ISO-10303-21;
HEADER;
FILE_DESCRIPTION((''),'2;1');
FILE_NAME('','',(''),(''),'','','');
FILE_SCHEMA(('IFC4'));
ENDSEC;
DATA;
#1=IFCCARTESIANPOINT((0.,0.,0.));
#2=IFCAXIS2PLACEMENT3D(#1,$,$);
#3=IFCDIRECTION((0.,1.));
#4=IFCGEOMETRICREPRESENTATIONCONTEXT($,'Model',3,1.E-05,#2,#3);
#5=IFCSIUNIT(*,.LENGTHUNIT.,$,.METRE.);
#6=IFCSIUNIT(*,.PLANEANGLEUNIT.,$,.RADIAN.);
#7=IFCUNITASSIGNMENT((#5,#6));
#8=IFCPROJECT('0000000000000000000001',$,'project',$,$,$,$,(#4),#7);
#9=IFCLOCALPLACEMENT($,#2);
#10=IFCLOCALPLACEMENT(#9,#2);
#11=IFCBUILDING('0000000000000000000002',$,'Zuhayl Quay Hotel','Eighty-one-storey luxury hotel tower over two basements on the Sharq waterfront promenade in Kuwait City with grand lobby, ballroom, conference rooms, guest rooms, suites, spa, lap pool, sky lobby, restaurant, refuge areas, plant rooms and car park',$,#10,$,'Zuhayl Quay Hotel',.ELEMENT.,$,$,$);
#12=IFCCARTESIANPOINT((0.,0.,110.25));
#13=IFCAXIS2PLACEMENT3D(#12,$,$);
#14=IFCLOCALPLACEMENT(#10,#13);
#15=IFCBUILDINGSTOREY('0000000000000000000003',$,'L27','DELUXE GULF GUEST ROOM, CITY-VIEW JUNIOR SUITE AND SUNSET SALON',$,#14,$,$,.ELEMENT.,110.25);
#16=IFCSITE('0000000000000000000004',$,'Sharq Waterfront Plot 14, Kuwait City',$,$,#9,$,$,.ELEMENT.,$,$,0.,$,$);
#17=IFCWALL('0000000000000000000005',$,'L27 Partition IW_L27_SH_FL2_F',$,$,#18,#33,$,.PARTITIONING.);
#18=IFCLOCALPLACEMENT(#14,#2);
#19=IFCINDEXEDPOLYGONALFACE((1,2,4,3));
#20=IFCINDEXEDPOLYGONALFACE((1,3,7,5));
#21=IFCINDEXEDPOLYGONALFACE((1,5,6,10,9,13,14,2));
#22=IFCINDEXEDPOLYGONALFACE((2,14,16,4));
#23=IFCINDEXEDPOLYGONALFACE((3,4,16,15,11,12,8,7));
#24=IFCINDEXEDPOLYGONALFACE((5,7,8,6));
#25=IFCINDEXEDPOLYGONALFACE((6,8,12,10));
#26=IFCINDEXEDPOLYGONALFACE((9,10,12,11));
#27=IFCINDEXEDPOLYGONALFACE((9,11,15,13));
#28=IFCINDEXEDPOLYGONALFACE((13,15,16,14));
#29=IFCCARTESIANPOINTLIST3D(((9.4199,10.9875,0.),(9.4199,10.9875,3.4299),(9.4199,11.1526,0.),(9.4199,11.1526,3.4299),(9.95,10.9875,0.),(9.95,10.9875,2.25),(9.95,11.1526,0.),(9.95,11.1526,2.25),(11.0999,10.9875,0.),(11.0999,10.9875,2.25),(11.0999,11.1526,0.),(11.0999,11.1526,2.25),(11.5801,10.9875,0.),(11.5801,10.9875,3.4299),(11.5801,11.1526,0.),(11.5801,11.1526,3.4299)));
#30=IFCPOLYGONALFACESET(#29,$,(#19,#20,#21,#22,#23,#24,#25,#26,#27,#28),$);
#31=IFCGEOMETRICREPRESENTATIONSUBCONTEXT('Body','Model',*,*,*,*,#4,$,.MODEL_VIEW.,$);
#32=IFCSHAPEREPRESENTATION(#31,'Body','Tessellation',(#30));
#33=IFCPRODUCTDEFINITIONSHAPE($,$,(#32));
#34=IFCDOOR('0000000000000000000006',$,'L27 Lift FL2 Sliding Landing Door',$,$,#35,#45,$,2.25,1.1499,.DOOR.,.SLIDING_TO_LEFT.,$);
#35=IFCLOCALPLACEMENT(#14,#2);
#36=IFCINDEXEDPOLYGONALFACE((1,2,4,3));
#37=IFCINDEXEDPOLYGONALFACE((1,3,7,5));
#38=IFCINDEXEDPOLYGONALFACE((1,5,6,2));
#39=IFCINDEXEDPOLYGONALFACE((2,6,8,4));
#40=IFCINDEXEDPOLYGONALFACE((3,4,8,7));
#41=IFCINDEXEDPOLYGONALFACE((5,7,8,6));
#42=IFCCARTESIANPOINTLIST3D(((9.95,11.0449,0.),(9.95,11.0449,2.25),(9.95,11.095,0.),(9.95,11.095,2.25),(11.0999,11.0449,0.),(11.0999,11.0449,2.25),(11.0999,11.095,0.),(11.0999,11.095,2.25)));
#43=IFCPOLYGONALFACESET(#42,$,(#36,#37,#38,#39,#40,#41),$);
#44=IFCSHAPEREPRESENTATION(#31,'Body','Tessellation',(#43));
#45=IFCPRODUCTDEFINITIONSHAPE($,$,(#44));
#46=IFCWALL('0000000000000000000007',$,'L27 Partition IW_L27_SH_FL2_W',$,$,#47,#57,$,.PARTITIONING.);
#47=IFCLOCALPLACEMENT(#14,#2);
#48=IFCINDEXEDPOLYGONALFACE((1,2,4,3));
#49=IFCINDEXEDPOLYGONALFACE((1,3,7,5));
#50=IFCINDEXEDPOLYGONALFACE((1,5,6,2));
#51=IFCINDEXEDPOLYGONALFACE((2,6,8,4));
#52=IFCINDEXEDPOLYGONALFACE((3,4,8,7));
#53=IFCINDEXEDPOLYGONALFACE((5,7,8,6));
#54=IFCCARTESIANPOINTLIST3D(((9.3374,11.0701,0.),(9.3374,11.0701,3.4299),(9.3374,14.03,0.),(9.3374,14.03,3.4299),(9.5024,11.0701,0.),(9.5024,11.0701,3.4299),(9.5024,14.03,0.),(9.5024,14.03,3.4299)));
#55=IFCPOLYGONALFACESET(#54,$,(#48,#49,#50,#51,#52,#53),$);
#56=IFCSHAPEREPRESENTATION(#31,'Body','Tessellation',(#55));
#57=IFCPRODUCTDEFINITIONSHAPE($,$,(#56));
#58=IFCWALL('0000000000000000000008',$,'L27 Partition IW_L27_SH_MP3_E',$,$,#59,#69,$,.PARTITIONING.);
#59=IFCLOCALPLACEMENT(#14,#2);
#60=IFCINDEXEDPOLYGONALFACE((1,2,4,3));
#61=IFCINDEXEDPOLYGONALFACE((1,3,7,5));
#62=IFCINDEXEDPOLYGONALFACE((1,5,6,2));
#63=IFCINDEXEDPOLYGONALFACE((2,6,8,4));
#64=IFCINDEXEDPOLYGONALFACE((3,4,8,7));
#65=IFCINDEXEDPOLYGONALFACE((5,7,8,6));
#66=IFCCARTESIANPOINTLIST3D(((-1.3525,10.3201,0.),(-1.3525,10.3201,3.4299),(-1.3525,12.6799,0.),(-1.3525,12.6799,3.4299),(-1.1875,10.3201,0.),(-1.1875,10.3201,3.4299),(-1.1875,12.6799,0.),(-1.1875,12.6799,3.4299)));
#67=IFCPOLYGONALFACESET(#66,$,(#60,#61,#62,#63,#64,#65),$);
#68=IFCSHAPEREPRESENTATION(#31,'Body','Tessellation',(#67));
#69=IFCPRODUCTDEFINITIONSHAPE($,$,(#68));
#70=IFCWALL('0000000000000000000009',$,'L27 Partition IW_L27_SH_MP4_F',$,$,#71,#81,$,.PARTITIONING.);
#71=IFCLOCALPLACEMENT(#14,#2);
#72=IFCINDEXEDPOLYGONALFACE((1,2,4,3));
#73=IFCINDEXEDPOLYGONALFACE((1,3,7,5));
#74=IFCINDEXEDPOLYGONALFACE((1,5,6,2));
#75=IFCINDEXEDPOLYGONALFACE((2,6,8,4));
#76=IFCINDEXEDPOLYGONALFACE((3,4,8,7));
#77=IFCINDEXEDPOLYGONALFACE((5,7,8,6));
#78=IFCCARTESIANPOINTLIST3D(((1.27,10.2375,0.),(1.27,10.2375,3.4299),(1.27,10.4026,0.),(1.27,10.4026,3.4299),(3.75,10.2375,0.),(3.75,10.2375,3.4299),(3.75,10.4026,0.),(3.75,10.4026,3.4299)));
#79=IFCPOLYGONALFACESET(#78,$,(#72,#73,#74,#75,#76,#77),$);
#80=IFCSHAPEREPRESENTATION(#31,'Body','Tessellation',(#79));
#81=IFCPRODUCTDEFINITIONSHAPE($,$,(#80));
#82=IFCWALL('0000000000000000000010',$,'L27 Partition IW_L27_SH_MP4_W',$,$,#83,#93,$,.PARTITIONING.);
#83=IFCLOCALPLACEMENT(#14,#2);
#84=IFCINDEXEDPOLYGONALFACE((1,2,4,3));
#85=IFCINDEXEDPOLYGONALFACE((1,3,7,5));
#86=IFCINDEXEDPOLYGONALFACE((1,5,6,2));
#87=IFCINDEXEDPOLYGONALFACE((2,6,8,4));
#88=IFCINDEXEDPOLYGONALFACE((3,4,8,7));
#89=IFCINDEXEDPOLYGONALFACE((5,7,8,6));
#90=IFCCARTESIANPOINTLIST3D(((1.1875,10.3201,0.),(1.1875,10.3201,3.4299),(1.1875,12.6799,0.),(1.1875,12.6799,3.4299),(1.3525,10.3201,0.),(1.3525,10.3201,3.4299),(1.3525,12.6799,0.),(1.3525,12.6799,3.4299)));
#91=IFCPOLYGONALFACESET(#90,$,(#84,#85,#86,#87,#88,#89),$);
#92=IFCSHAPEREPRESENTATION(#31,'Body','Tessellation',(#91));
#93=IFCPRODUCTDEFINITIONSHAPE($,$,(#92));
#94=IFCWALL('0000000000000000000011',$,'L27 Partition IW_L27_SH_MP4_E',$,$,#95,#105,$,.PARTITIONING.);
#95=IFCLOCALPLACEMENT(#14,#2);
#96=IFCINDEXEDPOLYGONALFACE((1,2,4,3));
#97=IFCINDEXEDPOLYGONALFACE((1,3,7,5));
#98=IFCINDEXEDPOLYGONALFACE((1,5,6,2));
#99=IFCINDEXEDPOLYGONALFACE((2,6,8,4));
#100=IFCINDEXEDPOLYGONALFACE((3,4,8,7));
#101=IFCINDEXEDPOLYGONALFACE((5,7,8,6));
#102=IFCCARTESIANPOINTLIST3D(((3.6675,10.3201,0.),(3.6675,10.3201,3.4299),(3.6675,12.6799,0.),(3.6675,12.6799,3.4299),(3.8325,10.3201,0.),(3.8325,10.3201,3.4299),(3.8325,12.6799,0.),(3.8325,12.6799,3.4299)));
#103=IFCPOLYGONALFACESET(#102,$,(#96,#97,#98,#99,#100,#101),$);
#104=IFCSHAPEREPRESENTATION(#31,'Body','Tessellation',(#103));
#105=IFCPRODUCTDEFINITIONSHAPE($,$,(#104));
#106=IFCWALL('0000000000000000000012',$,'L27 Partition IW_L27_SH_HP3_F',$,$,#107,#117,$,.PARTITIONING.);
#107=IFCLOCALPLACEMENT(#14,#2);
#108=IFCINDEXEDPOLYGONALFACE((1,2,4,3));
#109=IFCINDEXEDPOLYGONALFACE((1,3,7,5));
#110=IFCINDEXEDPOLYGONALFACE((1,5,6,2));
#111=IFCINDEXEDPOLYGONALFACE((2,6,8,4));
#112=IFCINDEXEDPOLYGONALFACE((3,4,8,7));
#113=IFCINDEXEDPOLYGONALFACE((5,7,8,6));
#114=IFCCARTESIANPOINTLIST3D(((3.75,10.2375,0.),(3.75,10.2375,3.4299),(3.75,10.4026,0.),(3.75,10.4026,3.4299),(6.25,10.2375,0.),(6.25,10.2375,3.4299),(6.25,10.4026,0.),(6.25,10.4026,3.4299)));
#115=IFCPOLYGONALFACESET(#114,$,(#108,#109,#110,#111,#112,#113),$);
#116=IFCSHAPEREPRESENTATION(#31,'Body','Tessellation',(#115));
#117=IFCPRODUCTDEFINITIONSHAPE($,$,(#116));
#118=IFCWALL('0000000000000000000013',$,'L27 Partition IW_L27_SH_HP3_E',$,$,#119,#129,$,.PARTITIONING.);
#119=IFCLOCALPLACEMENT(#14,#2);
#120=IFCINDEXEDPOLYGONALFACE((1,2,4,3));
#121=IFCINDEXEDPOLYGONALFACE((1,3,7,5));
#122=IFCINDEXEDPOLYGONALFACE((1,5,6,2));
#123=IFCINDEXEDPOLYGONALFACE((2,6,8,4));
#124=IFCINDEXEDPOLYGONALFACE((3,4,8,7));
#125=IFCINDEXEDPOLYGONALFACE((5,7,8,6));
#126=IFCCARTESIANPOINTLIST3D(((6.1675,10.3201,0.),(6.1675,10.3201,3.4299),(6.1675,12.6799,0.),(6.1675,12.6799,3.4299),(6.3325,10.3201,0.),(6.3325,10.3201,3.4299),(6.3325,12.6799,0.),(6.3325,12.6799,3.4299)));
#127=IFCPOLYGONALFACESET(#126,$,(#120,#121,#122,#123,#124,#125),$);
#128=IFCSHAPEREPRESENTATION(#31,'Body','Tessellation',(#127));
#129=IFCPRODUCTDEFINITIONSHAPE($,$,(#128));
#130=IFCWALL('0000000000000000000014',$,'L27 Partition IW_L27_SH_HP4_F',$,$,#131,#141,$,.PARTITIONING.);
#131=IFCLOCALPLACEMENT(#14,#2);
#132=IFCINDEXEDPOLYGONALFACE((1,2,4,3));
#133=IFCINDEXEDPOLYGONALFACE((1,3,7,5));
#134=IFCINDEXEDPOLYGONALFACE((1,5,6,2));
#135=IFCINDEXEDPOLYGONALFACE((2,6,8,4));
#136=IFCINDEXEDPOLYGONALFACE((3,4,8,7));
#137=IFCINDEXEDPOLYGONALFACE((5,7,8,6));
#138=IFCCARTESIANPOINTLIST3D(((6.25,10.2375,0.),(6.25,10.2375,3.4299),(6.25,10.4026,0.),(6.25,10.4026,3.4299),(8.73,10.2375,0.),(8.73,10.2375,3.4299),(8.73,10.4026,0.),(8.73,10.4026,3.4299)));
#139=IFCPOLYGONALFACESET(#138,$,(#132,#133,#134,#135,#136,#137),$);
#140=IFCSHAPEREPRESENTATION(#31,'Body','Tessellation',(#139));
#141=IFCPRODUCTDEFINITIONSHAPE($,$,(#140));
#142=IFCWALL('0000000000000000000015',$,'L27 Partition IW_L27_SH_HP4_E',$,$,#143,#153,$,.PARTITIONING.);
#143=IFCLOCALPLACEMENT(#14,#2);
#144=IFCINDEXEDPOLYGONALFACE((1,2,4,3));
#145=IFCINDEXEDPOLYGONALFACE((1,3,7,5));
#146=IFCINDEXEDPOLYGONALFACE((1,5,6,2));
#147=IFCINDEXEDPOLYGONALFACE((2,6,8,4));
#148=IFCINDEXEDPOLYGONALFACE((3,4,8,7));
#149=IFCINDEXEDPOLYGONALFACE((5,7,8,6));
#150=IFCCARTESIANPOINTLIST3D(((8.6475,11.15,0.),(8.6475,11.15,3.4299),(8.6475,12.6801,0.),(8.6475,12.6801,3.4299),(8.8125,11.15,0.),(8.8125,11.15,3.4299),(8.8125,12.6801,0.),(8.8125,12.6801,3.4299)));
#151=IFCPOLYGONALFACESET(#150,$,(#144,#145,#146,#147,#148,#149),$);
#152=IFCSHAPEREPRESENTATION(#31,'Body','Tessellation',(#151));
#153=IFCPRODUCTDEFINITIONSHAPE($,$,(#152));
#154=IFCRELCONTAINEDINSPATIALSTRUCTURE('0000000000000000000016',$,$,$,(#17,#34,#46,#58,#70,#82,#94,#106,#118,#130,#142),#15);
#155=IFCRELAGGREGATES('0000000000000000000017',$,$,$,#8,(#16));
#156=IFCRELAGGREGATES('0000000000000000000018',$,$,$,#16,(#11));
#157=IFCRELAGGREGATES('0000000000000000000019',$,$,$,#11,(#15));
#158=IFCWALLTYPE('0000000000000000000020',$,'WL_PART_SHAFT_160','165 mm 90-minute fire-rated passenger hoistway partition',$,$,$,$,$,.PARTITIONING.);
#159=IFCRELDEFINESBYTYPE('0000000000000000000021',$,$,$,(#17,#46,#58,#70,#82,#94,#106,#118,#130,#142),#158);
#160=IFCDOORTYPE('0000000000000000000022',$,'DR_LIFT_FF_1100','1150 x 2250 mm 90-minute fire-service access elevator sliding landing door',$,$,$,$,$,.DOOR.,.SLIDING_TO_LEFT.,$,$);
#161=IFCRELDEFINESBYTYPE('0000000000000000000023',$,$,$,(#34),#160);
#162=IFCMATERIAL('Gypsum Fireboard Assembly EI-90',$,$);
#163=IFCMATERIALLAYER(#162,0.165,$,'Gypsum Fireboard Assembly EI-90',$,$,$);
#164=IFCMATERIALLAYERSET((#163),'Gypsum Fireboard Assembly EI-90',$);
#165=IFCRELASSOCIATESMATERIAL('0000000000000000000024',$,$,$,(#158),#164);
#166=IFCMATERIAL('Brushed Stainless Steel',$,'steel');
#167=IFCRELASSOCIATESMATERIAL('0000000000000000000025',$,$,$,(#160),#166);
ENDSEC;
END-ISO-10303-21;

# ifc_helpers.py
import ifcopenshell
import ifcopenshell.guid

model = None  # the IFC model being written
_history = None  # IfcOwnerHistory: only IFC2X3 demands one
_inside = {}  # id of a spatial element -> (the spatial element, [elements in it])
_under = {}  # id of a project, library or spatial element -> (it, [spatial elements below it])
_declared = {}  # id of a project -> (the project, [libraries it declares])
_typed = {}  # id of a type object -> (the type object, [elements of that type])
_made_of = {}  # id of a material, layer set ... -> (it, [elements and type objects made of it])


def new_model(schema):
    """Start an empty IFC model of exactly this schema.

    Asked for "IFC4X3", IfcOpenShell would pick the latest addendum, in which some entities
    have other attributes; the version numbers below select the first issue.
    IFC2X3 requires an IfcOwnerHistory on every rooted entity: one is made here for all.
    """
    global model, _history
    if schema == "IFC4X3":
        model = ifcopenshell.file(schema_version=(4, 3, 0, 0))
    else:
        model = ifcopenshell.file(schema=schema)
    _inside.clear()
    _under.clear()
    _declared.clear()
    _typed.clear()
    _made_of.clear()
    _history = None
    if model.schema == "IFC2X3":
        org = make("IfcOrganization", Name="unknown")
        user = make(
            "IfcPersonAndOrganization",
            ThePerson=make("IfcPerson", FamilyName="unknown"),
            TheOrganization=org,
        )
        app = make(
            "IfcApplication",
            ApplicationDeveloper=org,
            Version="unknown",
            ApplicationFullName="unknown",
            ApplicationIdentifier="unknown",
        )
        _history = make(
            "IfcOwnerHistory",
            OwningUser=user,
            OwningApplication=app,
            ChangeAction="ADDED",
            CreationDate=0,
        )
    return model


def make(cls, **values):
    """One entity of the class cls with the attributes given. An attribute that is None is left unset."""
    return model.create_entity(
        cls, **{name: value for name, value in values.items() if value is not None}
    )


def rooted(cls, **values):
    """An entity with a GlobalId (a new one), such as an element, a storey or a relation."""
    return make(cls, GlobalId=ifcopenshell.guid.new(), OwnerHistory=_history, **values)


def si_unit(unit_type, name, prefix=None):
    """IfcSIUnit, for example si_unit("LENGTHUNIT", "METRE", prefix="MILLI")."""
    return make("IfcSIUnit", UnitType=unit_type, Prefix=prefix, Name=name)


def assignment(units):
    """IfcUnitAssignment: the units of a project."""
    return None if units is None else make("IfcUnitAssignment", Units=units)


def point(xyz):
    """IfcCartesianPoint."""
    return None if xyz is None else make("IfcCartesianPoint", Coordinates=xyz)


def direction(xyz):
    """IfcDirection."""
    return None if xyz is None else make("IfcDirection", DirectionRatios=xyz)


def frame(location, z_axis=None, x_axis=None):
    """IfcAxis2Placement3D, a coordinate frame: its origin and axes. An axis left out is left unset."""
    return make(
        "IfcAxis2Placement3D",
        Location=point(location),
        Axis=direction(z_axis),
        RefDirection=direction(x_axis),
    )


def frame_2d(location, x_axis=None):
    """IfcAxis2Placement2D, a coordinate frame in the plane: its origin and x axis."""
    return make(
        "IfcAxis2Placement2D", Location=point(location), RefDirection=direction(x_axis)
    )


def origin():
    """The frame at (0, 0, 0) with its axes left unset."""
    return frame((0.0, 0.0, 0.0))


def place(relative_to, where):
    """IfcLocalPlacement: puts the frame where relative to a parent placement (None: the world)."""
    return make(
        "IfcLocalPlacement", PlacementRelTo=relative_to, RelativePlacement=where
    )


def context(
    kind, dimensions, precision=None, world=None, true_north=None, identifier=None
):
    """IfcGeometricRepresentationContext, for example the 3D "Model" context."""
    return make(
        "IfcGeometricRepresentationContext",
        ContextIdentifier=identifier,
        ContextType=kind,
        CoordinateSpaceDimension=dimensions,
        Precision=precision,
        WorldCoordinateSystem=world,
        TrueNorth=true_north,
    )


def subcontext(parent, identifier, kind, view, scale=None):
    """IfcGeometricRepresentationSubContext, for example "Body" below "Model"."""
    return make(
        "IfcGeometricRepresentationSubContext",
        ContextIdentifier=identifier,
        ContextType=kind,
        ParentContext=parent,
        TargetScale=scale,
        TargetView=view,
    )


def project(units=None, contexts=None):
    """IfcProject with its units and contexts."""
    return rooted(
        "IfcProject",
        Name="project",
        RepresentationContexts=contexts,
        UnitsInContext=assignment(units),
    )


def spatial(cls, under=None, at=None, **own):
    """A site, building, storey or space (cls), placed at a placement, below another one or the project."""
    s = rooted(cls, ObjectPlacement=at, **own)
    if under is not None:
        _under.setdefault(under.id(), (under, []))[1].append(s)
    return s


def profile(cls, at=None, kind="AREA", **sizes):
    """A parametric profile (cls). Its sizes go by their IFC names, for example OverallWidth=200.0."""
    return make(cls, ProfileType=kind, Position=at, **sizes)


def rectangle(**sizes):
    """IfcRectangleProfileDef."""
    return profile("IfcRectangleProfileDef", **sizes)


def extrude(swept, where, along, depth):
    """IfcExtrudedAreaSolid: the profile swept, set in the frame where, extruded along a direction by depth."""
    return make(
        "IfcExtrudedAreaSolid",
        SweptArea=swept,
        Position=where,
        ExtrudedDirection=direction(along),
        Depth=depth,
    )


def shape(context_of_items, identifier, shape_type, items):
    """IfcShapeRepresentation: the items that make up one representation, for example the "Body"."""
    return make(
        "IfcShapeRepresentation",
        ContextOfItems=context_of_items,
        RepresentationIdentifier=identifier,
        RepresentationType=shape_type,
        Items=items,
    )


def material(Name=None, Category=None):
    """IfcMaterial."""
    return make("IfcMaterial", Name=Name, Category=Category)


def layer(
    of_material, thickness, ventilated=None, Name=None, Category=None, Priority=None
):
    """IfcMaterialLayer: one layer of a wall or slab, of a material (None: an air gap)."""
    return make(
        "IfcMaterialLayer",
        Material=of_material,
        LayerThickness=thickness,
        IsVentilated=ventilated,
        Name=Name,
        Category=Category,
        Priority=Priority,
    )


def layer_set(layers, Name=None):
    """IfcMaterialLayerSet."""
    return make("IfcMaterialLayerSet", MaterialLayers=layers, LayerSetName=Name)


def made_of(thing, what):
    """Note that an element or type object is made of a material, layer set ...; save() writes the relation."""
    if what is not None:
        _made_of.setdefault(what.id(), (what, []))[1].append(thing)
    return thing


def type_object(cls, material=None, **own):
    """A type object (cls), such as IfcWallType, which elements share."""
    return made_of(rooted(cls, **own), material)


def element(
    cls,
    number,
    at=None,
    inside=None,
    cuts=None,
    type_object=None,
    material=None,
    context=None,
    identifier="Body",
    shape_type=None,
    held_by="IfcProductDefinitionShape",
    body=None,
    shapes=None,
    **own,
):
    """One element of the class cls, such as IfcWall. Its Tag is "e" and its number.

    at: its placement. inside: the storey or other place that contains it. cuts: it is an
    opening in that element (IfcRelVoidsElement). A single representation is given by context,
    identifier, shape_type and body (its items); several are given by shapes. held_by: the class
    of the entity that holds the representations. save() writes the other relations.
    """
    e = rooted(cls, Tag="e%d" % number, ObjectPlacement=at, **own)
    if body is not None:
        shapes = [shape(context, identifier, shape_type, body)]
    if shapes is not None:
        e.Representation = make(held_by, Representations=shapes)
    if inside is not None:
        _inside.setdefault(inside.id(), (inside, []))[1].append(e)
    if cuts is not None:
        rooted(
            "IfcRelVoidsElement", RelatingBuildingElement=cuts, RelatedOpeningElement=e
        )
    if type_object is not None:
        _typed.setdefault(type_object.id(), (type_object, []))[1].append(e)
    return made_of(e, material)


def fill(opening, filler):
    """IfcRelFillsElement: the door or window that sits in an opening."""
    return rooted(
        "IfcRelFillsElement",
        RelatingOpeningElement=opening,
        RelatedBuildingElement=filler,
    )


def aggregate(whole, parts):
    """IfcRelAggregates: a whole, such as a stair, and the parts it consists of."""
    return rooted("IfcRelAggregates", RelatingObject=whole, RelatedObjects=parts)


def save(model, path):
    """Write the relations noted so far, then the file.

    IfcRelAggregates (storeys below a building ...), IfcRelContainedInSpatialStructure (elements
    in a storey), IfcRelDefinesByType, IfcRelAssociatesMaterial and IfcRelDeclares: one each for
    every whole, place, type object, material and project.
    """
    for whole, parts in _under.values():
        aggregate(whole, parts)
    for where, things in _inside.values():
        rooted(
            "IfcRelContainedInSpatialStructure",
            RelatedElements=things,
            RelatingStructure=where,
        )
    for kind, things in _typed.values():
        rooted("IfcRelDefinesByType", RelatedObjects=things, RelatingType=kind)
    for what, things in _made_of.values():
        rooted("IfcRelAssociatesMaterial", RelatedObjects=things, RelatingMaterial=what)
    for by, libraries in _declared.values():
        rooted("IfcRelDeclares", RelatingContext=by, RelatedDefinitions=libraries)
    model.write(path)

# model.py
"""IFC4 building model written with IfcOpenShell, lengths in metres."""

from ifc_helpers import new_model, si_unit, direction, frame, frame_2d, origin, place, context, subcontext, project, spatial, rectangle, extrude, material, layer, layer_set, type_object, element, fill, save


model = new_model("IFC4")

# Units and contexts
model_context = context("Model", 3, precision=1e-05, world=origin(), true_north=direction((0.0, 1.0)))
body_context = subcontext(model_context, "Body", "Model", "MODEL_VIEW")
ifc_project = project(units=[si_unit("LENGTHUNIT", "METRE"), si_unit("PLANEANGLEUNIT", "RADIAN")], contexts=[model_context])

# Site, building, storey
site_placement = place(None, origin())
site = spatial("IfcSite", under=ifc_project, at=site_placement, Name="Sharq Waterfront Plot 14, Kuwait City", CompositionType="ELEMENT", RefElevation=0.0)
building_placement = place(site_placement, origin())
building = spatial("IfcBuilding", under=site, at=building_placement, Name="Zuhayl Quay Hotel", Description="Eighty-one-storey luxury hotel tower over two basements on the Sharq waterfront promenade in Kuwait City with grand lobby, ballroom, conference rooms, guest rooms, suites, spa, lap pool, sky lobby, restaurant, refuge areas, plant rooms and car park", LongName="Zuhayl Quay Hotel", CompositionType="ELEMENT")
storey_placement = place(building_placement, frame((0.0, 0.0, 110.25)))
storey = spatial("IfcBuildingStorey", under=building, at=storey_placement, Name="L27", Description="DELUXE GULF GUEST ROOM, CITY-VIEW JUNIOR SUITE AND SUNSET SALON", CompositionType="ELEMENT", Elevation=110.25)

# Wall, opening, door
ifc_material_1 = material(Name="Gypsum Fireboard Assembly EI-90")
ifc_layer_1 = layer(ifc_material_1, 0.165, Name="Gypsum Fireboard Assembly EI-90")
ifc_layer_set_1 = layer_set([ifc_layer_1], Name="Gypsum Fireboard Assembly EI-90")
wall_type_1 = type_object("IfcWallType", Name="WL_PART_SHAFT_160", Description="165 mm 90-minute fire-rated passenger hoistway partition", PredefinedType="PARTITIONING", material=ifc_layer_set_1)
wall_1_placement = place(storey_placement, frame((9.4199, 11.0701, 0.0), z_axis=(0.0, 0.0, 1.0), x_axis=(1.0, 0.0, 0.0)))
wall_1 = element("IfcWall", 1, at=wall_1_placement, inside=storey, type_object=wall_type_1, Name="L27 Partition IW_L27_SH_FL2_F", PredefinedType="PARTITIONING", context=body_context, shape_type="SweptSolid", body=[
    extrude(rectangle(XDim=2.1602, YDim=0.165, at=frame_2d((1.0801, 0.0))), origin(), (0.0, 0.0, 1.0), 3.4299),
])
opening_1_placement = place(wall_1_placement, frame((0.53, 0.0, 0.0)))
opening_1 = element("IfcOpeningElement", 2, at=opening_1_placement, cuts=wall_1, PredefinedType="OPENING", context=body_context, shape_type="SweptSolid", body=[
    extrude(rectangle(XDim=1.1499, YDim=2.25, at=frame_2d((0.575, 1.125))), frame((0.0, 0.0925, 0.0), z_axis=(0.0, -1.0, 0.0), x_axis=(1.0, 0.0, 0.0)), (0.0, 0.0, 1.0), 0.1851),
])
ifc_material_2 = material(Name="Brushed Stainless Steel", Category="steel")
door_type_1 = type_object("IfcDoorType", Name="DR_LIFT_FF_1100", Description="1150 x 2250 mm 90-minute fire-service access elevator sliding landing door", OperationType="SLIDING_TO_LEFT", PredefinedType="DOOR", material=ifc_material_2)
door_1_placement = place(opening_1_placement, origin())
door_1 = element("IfcDoor", 3, at=door_1_placement, inside=storey, type_object=door_type_1, Name="L27 Lift FL2 Sliding Landing Door", OperationType="SLIDING_TO_LEFT", OverallHeight=2.25, OverallWidth=1.1499, PredefinedType="DOOR", context=body_context, shape_type="SweptSolid", body=[
    extrude(rectangle(XDim=1.1499, YDim=2.25, at=frame_2d((0.575, 1.125))), frame((0.0, 0.0249, 0.0), z_axis=(0.0, -1.0, 0.0), x_axis=(1.0, 0.0, 0.0)), (0.0, 0.0, 1.0), 0.05),
])
fill(opening_1, door_1)

# Walls
wall_2_placement = place(storey_placement, frame((9.4199, 11.0701, 0.0), z_axis=(0.0, 0.0, 1.0), x_axis=(0.0, 1.0, 0.0)))
element("IfcWall", 4, at=wall_2_placement, inside=storey, type_object=wall_type_1, Name="L27 Partition IW_L27_SH_FL2_W", PredefinedType="PARTITIONING", context=body_context, shape_type="SweptSolid", body=[
    extrude(rectangle(XDim=2.96, YDim=0.165, at=frame_2d((1.48, 0.0))), origin(), (0.0, 0.0, 1.0), 3.4299),
])
wall_3_placement = place(storey_placement, frame((-1.27, 10.3201, 0.0), z_axis=(0.0, 0.0, 1.0), x_axis=(0.0, 1.0, 0.0)))
element("IfcWall", 5, at=wall_3_placement, inside=storey, type_object=wall_type_1, Name="L27 Partition IW_L27_SH_MP3_E", PredefinedType="PARTITIONING", context=body_context, shape_type="SweptSolid", body=[
    extrude(rectangle(XDim=2.3599, YDim=0.165, at=frame_2d((1.1799, 0.0))), origin(), (0.0, 0.0, 1.0), 3.4299),
])
wall_4_placement = place(storey_placement, frame((1.27, 10.3201, 0.0), z_axis=(0.0, 0.0, 1.0), x_axis=(1.0, 0.0, 0.0)))
element("IfcWall", 6, at=wall_4_placement, inside=storey, type_object=wall_type_1, Name="L27 Partition IW_L27_SH_MP4_F", PredefinedType="PARTITIONING", context=body_context, shape_type="SweptSolid", body=[
    extrude(rectangle(XDim=2.48, YDim=0.165, at=frame_2d((1.24, 0.0))), origin(), (0.0, 0.0, 1.0), 3.4299),
])
for number, where, z_axis, x_axis, name in (
    (7, (1.27, 10.3201, 0.0), (0.0, 0.0, 1.0), (0.0, 1.0, 0.0), "L27 Partition IW_L27_SH_MP4_W"),
    (8, (3.75, 10.3201, 0.0), (0.0, 0.0, 1.0), (0.0, 1.0, 0.0), "L27 Partition IW_L27_SH_MP4_E"),
):
    element("IfcWall", number, at=place(storey_placement, frame(where, z_axis=z_axis, x_axis=x_axis)), inside=storey, type_object=wall_type_1, Name=name, PredefinedType="PARTITIONING", context=body_context, shape_type="SweptSolid", body=[
        extrude(rectangle(XDim=2.3599, YDim=0.165, at=frame_2d((1.1799, 0.0))), origin(), (0.0, 0.0, 1.0), 3.4299),
    ])
wall_5_placement = place(storey_placement, frame((3.75, 10.3201, 0.0), z_axis=(0.0, 0.0, 1.0), x_axis=(1.0, 0.0, 0.0)))
element("IfcWall", 9, at=wall_5_placement, inside=storey, type_object=wall_type_1, Name="L27 Partition IW_L27_SH_HP3_F", PredefinedType="PARTITIONING", context=body_context, shape_type="SweptSolid", body=[
    extrude(rectangle(XDim=2.5, YDim=0.165, at=frame_2d((1.25, 0.0))), origin(), (0.0, 0.0, 1.0), 3.4299),
])
wall_6_placement = place(storey_placement, frame((6.25, 10.3201, 0.0), z_axis=(0.0, 0.0, 1.0), x_axis=(0.0, 1.0, 0.0)))
element("IfcWall", 10, at=wall_6_placement, inside=storey, type_object=wall_type_1, Name="L27 Partition IW_L27_SH_HP3_E", PredefinedType="PARTITIONING", context=body_context, shape_type="SweptSolid", body=[
    extrude(rectangle(XDim=2.3599, YDim=0.165, at=frame_2d((1.1799, 0.0))), origin(), (0.0, 0.0, 1.0), 3.4299),
])
wall_7_placement = place(storey_placement, frame((6.25, 10.3201, 0.0), z_axis=(0.0, 0.0, 1.0), x_axis=(1.0, 0.0, 0.0)))
element("IfcWall", 11, at=wall_7_placement, inside=storey, type_object=wall_type_1, Name="L27 Partition IW_L27_SH_HP4_F", PredefinedType="PARTITIONING", context=body_context, shape_type="SweptSolid", body=[
    extrude(rectangle(XDim=2.48, YDim=0.165, at=frame_2d((1.24, 0.0))), origin(), (0.0, 0.0, 1.0), 3.4299),
])
wall_8_placement = place(storey_placement, frame((8.73, 11.1499, 0.0), z_axis=(0.0, 0.0, 1.0), x_axis=(0.0, 1.0, 0.0)))
element("IfcWall", 12, at=wall_8_placement, inside=storey, type_object=wall_type_1, Name="L27 Partition IW_L27_SH_HP4_E", PredefinedType="PARTITIONING", context=body_context, shape_type="SweptSolid", body=[
    extrude(rectangle(XDim=1.53, YDim=0.165, at=frame_2d((0.7651, 0.0))), origin(), (0.0, 0.0, 1.0), 3.4299),
])

save(model, "model.ifc")
